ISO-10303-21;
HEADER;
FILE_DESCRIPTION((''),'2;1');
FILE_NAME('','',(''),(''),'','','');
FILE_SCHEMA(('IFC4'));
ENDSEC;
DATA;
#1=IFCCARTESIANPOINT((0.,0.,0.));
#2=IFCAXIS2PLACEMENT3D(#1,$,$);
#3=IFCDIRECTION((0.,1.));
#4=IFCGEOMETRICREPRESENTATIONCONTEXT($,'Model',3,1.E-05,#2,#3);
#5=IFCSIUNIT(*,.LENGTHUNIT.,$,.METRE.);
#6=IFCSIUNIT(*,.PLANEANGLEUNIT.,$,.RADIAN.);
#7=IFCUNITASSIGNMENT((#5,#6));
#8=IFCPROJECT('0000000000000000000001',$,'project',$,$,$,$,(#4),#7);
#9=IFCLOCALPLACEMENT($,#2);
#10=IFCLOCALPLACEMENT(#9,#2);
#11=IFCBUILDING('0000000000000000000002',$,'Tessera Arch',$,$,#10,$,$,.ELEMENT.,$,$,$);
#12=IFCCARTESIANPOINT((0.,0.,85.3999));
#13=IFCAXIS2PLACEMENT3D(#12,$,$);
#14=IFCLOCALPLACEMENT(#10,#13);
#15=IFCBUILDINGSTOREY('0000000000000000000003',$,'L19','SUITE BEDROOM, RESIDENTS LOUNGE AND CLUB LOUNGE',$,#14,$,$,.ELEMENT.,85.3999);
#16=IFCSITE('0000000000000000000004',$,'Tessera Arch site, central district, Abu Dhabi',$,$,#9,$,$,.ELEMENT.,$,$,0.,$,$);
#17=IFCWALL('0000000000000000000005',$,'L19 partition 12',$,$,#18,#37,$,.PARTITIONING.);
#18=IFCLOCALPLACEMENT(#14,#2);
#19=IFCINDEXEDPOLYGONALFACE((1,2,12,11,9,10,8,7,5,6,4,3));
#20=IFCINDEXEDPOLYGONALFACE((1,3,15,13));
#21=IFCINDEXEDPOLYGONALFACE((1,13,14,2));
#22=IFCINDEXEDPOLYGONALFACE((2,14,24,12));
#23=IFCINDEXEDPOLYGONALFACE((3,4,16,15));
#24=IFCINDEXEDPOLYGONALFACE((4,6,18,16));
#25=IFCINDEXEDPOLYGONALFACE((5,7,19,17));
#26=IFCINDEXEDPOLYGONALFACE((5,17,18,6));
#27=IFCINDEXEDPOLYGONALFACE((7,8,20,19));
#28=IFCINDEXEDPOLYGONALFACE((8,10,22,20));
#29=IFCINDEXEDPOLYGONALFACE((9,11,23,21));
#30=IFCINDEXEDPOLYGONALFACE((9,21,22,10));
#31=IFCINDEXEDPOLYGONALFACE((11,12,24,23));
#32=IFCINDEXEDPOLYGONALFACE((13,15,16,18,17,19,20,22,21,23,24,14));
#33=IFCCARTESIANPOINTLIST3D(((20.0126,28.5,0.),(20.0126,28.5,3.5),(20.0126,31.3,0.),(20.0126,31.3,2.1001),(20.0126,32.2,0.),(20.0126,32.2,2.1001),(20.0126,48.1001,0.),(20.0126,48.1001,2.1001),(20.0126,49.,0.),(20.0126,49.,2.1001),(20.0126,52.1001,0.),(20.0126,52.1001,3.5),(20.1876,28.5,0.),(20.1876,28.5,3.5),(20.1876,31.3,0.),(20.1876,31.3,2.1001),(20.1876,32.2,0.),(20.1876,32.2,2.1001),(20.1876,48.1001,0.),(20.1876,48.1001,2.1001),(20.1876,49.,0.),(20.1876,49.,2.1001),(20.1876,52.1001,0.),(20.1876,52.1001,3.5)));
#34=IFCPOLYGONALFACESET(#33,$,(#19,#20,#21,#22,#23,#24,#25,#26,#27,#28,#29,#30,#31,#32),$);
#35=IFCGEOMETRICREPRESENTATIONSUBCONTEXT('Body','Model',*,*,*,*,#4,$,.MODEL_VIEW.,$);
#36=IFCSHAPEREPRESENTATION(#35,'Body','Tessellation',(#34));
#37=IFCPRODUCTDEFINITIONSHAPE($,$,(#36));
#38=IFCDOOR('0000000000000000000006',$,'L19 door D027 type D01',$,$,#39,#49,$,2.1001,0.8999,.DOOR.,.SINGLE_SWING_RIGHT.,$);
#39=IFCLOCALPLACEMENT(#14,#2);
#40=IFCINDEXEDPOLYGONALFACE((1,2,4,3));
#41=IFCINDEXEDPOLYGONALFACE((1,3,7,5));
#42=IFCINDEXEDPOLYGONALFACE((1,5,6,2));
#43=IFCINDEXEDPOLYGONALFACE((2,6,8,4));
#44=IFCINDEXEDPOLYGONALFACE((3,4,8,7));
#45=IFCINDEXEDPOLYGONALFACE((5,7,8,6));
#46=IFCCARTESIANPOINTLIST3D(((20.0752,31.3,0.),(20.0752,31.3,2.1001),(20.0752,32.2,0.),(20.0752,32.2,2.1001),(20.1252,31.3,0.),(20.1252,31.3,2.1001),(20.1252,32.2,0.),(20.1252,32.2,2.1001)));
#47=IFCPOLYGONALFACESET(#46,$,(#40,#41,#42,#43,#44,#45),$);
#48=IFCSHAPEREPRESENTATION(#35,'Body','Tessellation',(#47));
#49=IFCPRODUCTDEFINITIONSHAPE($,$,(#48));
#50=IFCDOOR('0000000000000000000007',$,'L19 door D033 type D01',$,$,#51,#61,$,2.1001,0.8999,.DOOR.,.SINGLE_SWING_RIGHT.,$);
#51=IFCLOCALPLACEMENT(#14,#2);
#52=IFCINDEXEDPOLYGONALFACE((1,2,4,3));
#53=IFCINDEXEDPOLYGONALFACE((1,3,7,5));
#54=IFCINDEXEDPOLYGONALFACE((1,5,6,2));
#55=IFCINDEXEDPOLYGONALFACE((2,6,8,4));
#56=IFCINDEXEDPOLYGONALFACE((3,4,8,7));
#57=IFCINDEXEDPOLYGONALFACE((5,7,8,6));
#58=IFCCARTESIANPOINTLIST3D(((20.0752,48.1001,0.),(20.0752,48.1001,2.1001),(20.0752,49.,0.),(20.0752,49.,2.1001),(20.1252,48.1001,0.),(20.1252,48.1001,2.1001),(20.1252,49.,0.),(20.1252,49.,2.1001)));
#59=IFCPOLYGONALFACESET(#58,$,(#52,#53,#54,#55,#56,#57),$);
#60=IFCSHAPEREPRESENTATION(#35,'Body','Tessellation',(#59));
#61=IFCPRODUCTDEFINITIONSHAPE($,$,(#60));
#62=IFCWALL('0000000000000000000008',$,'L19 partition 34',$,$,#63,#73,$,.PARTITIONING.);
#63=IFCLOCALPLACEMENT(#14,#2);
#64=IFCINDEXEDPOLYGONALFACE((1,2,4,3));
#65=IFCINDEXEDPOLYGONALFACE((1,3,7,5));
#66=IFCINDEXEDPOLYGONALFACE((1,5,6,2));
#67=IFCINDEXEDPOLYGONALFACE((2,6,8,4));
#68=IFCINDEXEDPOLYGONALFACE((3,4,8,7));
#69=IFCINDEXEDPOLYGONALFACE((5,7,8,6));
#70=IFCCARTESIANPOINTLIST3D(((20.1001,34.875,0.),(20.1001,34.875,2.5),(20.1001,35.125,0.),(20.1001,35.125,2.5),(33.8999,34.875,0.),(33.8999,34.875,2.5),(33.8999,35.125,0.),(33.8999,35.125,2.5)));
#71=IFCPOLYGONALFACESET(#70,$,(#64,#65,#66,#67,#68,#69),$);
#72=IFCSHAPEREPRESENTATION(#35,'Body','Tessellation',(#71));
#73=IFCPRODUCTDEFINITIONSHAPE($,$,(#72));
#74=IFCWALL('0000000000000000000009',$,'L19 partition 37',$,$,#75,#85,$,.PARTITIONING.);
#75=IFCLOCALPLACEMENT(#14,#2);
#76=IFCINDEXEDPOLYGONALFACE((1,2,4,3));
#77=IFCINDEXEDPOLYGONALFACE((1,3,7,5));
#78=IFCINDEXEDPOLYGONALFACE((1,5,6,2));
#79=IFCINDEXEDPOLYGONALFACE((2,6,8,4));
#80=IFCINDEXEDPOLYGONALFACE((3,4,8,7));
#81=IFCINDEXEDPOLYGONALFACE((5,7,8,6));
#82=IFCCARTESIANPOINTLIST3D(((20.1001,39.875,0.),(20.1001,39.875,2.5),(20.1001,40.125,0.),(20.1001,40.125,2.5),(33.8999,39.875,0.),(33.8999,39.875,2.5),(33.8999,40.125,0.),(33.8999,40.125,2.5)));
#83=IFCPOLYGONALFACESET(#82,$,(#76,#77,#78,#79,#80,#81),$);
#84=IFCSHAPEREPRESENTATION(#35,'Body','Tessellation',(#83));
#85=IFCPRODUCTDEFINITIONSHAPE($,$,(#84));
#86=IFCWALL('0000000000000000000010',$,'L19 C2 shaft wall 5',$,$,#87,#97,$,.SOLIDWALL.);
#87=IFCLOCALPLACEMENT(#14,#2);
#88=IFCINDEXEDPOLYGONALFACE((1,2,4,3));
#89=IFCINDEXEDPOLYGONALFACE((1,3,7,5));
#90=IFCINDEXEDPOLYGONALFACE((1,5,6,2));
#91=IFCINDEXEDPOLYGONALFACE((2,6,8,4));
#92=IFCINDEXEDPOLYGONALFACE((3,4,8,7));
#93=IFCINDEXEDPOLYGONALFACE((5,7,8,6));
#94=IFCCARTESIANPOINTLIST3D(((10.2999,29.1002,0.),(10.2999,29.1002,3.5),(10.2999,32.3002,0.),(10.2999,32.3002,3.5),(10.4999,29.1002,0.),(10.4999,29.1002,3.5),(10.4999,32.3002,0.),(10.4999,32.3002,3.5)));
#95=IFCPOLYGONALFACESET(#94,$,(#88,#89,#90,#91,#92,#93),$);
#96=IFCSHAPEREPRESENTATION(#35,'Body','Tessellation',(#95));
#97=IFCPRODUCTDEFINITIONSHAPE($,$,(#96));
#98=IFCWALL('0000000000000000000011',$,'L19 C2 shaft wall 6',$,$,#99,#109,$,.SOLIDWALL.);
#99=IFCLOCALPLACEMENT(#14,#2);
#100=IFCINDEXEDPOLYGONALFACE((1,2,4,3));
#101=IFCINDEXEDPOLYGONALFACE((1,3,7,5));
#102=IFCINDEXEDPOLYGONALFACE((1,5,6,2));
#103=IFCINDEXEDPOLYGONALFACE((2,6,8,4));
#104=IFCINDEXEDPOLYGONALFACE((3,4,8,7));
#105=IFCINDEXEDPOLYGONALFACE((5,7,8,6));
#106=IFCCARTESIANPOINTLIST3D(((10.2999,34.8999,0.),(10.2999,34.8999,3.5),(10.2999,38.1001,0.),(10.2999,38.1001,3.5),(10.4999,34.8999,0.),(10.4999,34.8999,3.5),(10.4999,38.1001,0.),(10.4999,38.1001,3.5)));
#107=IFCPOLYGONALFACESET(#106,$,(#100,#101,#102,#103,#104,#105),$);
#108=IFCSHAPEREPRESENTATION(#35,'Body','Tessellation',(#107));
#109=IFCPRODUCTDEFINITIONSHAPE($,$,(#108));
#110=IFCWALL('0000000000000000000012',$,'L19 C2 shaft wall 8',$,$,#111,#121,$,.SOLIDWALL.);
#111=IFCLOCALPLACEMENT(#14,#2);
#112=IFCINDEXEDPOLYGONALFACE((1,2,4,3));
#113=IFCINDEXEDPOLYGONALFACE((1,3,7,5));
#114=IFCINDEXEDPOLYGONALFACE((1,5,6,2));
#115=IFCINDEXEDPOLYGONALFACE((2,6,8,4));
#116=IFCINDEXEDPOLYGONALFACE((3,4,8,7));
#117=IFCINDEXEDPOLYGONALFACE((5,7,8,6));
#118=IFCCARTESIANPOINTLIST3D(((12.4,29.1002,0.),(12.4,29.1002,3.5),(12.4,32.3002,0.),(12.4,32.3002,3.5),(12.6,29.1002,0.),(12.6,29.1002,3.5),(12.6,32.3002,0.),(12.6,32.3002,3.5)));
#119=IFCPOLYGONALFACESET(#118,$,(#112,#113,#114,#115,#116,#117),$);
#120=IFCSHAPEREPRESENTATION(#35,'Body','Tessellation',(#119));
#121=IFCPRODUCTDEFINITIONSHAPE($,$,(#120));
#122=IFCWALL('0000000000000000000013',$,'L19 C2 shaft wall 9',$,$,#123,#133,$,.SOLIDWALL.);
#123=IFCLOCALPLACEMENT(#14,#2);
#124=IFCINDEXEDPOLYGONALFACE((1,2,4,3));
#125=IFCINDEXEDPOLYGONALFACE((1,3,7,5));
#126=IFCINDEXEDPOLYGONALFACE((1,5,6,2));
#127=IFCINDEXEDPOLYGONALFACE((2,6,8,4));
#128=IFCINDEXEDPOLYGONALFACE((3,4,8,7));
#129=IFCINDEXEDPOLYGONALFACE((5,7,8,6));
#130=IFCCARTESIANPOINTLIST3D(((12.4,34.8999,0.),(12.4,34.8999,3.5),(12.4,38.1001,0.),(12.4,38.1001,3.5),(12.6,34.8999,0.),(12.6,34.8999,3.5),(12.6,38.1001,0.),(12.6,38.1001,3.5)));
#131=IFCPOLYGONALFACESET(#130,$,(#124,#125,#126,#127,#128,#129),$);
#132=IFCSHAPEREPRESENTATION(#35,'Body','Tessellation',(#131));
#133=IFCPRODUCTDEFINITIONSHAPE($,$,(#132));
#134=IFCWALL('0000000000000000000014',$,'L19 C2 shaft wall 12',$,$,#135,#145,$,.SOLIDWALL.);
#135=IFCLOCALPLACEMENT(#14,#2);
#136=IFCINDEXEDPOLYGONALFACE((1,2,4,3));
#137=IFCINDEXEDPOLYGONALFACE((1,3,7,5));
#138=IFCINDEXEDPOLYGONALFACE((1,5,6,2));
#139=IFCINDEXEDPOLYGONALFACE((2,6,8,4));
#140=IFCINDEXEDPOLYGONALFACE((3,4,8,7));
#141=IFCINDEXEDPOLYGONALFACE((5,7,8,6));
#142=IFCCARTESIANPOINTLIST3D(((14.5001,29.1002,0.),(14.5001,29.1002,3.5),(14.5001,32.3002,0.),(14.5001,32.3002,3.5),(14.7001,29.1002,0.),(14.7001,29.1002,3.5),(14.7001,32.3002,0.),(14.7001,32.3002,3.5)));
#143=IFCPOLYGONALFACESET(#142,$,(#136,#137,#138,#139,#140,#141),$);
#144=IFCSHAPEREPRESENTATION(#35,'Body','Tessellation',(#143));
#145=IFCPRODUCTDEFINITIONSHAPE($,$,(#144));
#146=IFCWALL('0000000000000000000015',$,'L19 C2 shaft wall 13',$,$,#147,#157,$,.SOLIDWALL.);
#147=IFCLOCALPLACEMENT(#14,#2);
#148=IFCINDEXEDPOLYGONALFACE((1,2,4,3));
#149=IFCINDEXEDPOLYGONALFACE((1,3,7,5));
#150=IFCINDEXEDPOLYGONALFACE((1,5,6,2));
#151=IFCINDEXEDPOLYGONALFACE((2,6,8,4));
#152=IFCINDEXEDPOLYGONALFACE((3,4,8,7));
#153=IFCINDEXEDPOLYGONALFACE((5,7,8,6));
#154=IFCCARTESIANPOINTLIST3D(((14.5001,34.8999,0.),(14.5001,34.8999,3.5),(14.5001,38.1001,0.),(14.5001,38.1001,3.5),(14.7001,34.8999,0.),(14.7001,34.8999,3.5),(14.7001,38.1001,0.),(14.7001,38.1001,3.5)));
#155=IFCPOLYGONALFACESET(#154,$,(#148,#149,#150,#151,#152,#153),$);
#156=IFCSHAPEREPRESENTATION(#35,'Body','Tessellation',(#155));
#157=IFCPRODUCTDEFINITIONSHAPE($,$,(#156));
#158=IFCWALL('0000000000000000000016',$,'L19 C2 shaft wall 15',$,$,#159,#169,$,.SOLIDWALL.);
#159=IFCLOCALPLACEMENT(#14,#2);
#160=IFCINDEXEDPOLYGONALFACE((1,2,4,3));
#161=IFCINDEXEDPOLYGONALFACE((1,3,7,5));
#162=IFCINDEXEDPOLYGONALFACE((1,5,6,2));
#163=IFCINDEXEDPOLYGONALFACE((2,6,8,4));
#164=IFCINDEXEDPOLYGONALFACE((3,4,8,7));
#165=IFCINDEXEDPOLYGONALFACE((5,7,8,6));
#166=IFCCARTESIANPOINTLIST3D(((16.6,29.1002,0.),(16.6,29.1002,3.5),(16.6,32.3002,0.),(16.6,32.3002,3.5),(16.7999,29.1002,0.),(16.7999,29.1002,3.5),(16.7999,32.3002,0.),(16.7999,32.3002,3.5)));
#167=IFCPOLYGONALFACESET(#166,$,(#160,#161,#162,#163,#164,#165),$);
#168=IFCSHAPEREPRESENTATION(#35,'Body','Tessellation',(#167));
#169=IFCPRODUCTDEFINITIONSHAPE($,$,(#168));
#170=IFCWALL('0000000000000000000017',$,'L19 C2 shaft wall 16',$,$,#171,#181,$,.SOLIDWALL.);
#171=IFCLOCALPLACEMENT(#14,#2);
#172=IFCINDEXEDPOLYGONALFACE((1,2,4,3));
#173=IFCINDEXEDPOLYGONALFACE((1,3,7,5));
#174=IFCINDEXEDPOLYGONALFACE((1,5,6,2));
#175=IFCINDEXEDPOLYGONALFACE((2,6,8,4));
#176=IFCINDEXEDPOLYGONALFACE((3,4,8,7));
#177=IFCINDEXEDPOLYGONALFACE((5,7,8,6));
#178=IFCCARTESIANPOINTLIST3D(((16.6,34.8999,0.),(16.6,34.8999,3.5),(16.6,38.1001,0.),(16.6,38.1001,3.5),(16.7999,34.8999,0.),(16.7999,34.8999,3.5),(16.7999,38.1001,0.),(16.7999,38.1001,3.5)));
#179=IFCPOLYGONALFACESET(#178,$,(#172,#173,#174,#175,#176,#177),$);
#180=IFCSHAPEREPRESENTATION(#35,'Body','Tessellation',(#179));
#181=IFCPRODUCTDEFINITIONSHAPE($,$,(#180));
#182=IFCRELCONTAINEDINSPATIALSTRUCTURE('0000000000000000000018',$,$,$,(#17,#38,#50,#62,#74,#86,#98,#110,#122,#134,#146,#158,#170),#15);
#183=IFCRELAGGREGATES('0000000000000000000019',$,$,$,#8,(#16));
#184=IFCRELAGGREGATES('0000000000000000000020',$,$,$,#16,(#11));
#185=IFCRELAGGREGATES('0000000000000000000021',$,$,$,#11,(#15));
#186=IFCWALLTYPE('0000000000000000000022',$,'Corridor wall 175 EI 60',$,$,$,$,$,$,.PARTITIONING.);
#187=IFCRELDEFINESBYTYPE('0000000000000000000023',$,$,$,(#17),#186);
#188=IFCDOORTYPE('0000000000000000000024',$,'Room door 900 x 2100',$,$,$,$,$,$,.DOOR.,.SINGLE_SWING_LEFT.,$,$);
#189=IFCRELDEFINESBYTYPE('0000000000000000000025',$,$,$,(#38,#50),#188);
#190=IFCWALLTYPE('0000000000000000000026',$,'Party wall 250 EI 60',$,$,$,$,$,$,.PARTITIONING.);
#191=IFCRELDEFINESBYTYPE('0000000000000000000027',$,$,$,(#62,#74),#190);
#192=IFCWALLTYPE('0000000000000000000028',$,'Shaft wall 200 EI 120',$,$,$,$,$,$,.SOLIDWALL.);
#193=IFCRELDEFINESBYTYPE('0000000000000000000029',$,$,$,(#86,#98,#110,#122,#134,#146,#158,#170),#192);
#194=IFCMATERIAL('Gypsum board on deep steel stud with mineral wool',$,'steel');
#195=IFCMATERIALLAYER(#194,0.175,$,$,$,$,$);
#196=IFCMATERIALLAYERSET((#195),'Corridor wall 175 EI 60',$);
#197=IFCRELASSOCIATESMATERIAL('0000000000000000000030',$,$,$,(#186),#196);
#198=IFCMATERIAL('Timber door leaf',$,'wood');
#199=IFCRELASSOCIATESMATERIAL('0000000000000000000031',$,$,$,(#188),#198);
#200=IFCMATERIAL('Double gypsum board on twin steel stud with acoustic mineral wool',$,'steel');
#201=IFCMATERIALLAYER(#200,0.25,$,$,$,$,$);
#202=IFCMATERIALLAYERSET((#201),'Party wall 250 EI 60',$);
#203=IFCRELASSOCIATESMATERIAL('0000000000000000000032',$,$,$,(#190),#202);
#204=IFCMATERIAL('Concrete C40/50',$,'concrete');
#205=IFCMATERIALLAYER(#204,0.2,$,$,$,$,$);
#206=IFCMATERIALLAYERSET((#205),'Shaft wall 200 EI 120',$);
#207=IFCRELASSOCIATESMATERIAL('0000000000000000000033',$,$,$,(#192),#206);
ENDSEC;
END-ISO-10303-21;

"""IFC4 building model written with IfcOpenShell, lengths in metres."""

from ifc_helpers import new_model, si_unit, direction, frame, frame_2d, origin, place, context, subcontext, project, spatial, rectangle, extrude, material, layer, layer_set, type_object, element, fill, save


model = new_model("IFC4")

# Units and contexts
model_context = context("Model", 3, precision=1e-05, world=origin(), true_north=direction((0.0, 1.0)))
body_context = subcontext(model_context, "Body", "Model", "MODEL_VIEW")
ifc_project = project(units=[si_unit("LENGTHUNIT", "METRE"), si_unit("PLANEANGLEUNIT", "RADIAN")], contexts=[model_context])

# Site, building, storey
site_placement = place(None, origin())
site = spatial("IfcSite", under=ifc_project, at=site_placement, Name="Tessera Arch site, central district, Abu Dhabi", CompositionType="ELEMENT", RefElevation=0.0)
building_placement = place(site_placement, origin())
building = spatial("IfcBuilding", under=site, at=building_placement, Name="Tessera Arch", CompositionType="ELEMENT")
storey_placement = place(building_placement, frame((0.0, 0.0, 85.3999)))
storey = spatial("IfcBuildingStorey", under=building, at=storey_placement, Name="L19", Description="SUITE BEDROOM, RESIDENTS LOUNGE AND CLUB LOUNGE", CompositionType="ELEMENT", Elevation=85.3999)

# Shared definitions
ifc_material_1 = material(Name="Gypsum board on deep steel stud with mineral wool", Category="steel")
ifc_layer_1 = layer(ifc_material_1, 0.175)
ifc_layer_set_1 = layer_set([ifc_layer_1], Name="Corridor wall 175 EI 60")
wall_type_1 = type_object("IfcWallType", Name="Corridor wall 175 EI 60", PredefinedType="PARTITIONING", material=ifc_layer_set_1)
ifc_material_2 = material(Name="Timber door leaf", Category="wood")
door_type_1 = type_object("IfcDoorType", Name="Room door 900 x 2100", OperationType="SINGLE_SWING_LEFT", PredefinedType="DOOR", material=ifc_material_2)

# Wall, openings, doors
wall_1_placement = place(storey_placement, frame((20.1001, 28.5, 0.0), z_axis=(0.0, 0.0, 1.0), x_axis=(0.0, 1.0, 0.0)))
wall_1 = element("IfcWall", 1, at=wall_1_placement, inside=storey, type_object=wall_type_1, Name="L19 partition 12", PredefinedType="PARTITIONING", context=body_context, shape_type="SweptSolid", body=[
    extrude(rectangle(XDim=23.6001, YDim=0.175, at=frame_2d((11.8, 0.0))), origin(), (0.0, 0.0, 1.0), 3.5),
])
opening_1_placement = place(wall_1_placement, frame((2.8, 0.0, 0.0)))
opening_1 = element("IfcOpeningElement", 2, at=opening_1_placement, cuts=wall_1, PredefinedType="OPENING", context=body_context, shape_type="SweptSolid", body=[
    extrude(rectangle(XDim=0.8999, YDim=2.1001, at=frame_2d((0.45, 1.05))), frame((0.0, 0.0974, 0.0), z_axis=(0.0, -1.0, 0.0), x_axis=(1.0, 0.0, 0.0)), (0.0, 0.0, 1.0), 0.1951),
])
opening_2_placement = place(wall_1_placement, frame((19.6001, 0.0, 0.0)))
opening_2 = element("IfcOpeningElement", 3, at=opening_2_placement, cuts=wall_1, PredefinedType="OPENING", context=body_context, shape_type="SweptSolid", body=[
    extrude(rectangle(XDim=0.8999, YDim=2.1001, at=frame_2d((0.45, 1.05))), frame((0.0, 0.0974, 0.0), z_axis=(0.0, -1.0, 0.0), x_axis=(1.0, 0.0, 0.0)), (0.0, 0.0, 1.0), 0.1951),
])
door_1_placement = place(opening_1_placement, origin())
door_1 = element("IfcDoor", 4, at=door_1_placement, inside=storey, type_object=door_type_1, Name="L19 door D027 type D01", OperationType="SINGLE_SWING_RIGHT", OverallHeight=2.1001, OverallWidth=0.8999, PredefinedType="DOOR", context=body_context, shape_type="SweptSolid", body=[
    extrude(rectangle(XDim=0.8999, YDim=2.1001, at=frame_2d((0.45, 1.05))), frame((0.0, 0.0249, 0.0), z_axis=(0.0, -1.0, 0.0), x_axis=(1.0, 0.0, 0.0)), (0.0, 0.0, 1.0), 0.05),
])
fill(opening_1, door_1)
door_2_placement = place(opening_2_placement, origin())
door_2 = element("IfcDoor", 5, at=door_2_placement, inside=storey, type_object=door_type_1, Name="L19 door D033 type D01", OperationType="SINGLE_SWING_RIGHT", OverallHeight=2.1001, OverallWidth=0.8999, PredefinedType="DOOR", context=body_context, shape_type="SweptSolid", body=[
    extrude(rectangle(XDim=0.8999, YDim=2.1001, at=frame_2d((0.45, 1.05))), frame((0.0, 0.0249, 0.0), z_axis=(0.0, -1.0, 0.0), x_axis=(1.0, 0.0, 0.0)), (0.0, 0.0, 1.0), 0.05),
])
fill(opening_2, door_2)

# Walls
ifc_material_3 = material(Name="Double gypsum board on twin steel stud with acoustic mineral wool", Category="steel")
ifc_layer_2 = layer(ifc_material_3, 0.25)
ifc_layer_set_2 = layer_set([ifc_layer_2], Name="Party wall 250 EI 60")
wall_type_2 = type_object("IfcWallType", Name="Party wall 250 EI 60", PredefinedType="PARTITIONING", material=ifc_layer_set_2)
for number, where, z_axis, x_axis, name in (
    (6, (20.1001, 35.0, 0.0), (0.0, 0.0, 1.0), (1.0, 0.0, 0.0), "L19 partition 34"),
    (7, (20.1001, 40.0, 0.0), (0.0, 0.0, 1.0), (1.0, 0.0, 0.0), "L19 partition 37"),
):
    element("IfcWall", number, at=place(storey_placement, frame(where, z_axis=z_axis, x_axis=x_axis)), inside=storey, type_object=wall_type_2, Name=name, PredefinedType="PARTITIONING", context=body_context, shape_type="SweptSolid", body=[
        extrude(rectangle(XDim=13.7998, YDim=0.25, at=frame_2d((6.8999, 0.0))), origin(), (0.0, 0.0, 1.0), 2.5),
    ])
ifc_material_4 = material(Name="Concrete C40/50", Category="concrete")
ifc_layer_3 = layer(ifc_material_4, 0.2)
ifc_layer_set_3 = layer_set([ifc_layer_3], Name="Shaft wall 200 EI 120")
wall_type_3 = type_object("IfcWallType", Name="Shaft wall 200 EI 120", PredefinedType="SOLIDWALL", material=ifc_layer_set_3)
wall_2_placement = place(storey_placement, frame((10.3999, 29.1001, 0.0), z_axis=(0.0, 0.0, 1.0), x_axis=(0.0, 1.0, 0.0)))
element("IfcWall", 8, at=wall_2_placement, inside=storey, type_object=wall_type_3, Name="L19 C2 shaft wall 5", PredefinedType="SOLIDWALL", context=body_context, shape_type="SweptSolid", body=[
    extrude(rectangle(XDim=3.2, YDim=0.2, at=frame_2d((1.6001, 0.0))), origin(), (0.0, 0.0, 1.0), 3.5),
])
wall_3_placement = place(storey_placement, frame((10.3999, 34.8999, 0.0), z_axis=(0.0, 0.0, 1.0), x_axis=(0.0, 1.0, 0.0)))
element("IfcWall", 9, at=wall_3_placement, inside=storey, type_object=wall_type_3, Name="L19 C2 shaft wall 6", PredefinedType="SOLIDWALL", context=body_context, shape_type="SweptSolid", body=[
    extrude(rectangle(XDim=3.2002, YDim=0.2, at=frame_2d((1.6001, 0.0))), origin(), (0.0, 0.0, 1.0), 3.5),
])
wall_4_placement = place(storey_placement, frame((12.5, 29.1001, 0.0), z_axis=(0.0, 0.0, 1.0), x_axis=(0.0, 1.0, 0.0)))
element("IfcWall", 10, at=wall_4_placement, inside=storey, type_object=wall_type_3, Name="L19 C2 shaft wall 8", PredefinedType="SOLIDWALL", context=body_context, shape_type="SweptSolid", body=[
    extrude(rectangle(XDim=3.2, YDim=0.2, at=frame_2d((1.6001, 0.0))), origin(), (0.0, 0.0, 1.0), 3.5),
])
wall_5_placement = place(storey_placement, frame((12.5, 34.8999, 0.0), z_axis=(0.0, 0.0, 1.0), x_axis=(0.0, 1.0, 0.0)))
element("IfcWall", 11, at=wall_5_placement, inside=storey, type_object=wall_type_3, Name="L19 C2 shaft wall 9", PredefinedType="SOLIDWALL", context=body_context, shape_type="SweptSolid", body=[
    extrude(rectangle(XDim=3.2002, YDim=0.2, at=frame_2d((1.6001, 0.0))), origin(), (0.0, 0.0, 1.0), 3.5),
])
wall_6_placement = place(storey_placement, frame((14.6001, 29.1001, 0.0), z_axis=(0.0, 0.0, 1.0), x_axis=(0.0, 1.0, 0.0)))
element("IfcWall", 12, at=wall_6_placement, inside=storey, type_object=wall_type_3, Name="L19 C2 shaft wall 12", PredefinedType="SOLIDWALL", context=body_context, shape_type="SweptSolid", body=[
    extrude(rectangle(XDim=3.2, YDim=0.2, at=frame_2d((1.6001, 0.0))), origin(), (0.0, 0.0, 1.0), 3.5),
])
wall_7_placement = place(storey_placement, frame((14.6001, 34.8999, 0.0), z_axis=(0.0, 0.0, 1.0), x_axis=(0.0, 1.0, 0.0)))
element("IfcWall", 13, at=wall_7_placement, inside=storey, type_object=wall_type_3, Name="L19 C2 shaft wall 13", PredefinedType="SOLIDWALL", context=body_context, shape_type="SweptSolid", body=[
    extrude(rectangle(XDim=3.2002, YDim=0.2, at=frame_2d((1.6001, 0.0))), origin(), (0.0, 0.0, 1.0), 3.5),
])
wall_8_placement = place(storey_placement, frame((16.7, 29.1001, 0.0), z_axis=(0.0, 0.0, 1.0), x_axis=(0.0, 1.0, 0.0)))
element("IfcWall", 14, at=wall_8_placement, inside=storey, type_object=wall_type_3, Name="L19 C2 shaft wall 15", PredefinedType="SOLIDWALL", context=body_context, shape_type="SweptSolid", body=[
    extrude(rectangle(XDim=3.2, YDim=0.2, at=frame_2d((1.6001, 0.0))), origin(), (0.0, 0.0, 1.0), 3.5),
])
wall_9_placement = place(storey_placement, frame((16.7, 34.8999, 0.0), z_axis=(0.0, 0.0, 1.0), x_axis=(0.0, 1.0, 0.0)))
element("IfcWall", 15, at=wall_9_placement, inside=storey, type_object=wall_type_3, Name="L19 C2 shaft wall 16", PredefinedType="SOLIDWALL", context=body_context, shape_type="SweptSolid", body=[
    extrude(rectangle(XDim=3.2002, YDim=0.2, at=frame_2d((1.6001, 0.0))), origin(), (0.0, 0.0, 1.0), 3.5),
])

save(model, "model.ifc")
